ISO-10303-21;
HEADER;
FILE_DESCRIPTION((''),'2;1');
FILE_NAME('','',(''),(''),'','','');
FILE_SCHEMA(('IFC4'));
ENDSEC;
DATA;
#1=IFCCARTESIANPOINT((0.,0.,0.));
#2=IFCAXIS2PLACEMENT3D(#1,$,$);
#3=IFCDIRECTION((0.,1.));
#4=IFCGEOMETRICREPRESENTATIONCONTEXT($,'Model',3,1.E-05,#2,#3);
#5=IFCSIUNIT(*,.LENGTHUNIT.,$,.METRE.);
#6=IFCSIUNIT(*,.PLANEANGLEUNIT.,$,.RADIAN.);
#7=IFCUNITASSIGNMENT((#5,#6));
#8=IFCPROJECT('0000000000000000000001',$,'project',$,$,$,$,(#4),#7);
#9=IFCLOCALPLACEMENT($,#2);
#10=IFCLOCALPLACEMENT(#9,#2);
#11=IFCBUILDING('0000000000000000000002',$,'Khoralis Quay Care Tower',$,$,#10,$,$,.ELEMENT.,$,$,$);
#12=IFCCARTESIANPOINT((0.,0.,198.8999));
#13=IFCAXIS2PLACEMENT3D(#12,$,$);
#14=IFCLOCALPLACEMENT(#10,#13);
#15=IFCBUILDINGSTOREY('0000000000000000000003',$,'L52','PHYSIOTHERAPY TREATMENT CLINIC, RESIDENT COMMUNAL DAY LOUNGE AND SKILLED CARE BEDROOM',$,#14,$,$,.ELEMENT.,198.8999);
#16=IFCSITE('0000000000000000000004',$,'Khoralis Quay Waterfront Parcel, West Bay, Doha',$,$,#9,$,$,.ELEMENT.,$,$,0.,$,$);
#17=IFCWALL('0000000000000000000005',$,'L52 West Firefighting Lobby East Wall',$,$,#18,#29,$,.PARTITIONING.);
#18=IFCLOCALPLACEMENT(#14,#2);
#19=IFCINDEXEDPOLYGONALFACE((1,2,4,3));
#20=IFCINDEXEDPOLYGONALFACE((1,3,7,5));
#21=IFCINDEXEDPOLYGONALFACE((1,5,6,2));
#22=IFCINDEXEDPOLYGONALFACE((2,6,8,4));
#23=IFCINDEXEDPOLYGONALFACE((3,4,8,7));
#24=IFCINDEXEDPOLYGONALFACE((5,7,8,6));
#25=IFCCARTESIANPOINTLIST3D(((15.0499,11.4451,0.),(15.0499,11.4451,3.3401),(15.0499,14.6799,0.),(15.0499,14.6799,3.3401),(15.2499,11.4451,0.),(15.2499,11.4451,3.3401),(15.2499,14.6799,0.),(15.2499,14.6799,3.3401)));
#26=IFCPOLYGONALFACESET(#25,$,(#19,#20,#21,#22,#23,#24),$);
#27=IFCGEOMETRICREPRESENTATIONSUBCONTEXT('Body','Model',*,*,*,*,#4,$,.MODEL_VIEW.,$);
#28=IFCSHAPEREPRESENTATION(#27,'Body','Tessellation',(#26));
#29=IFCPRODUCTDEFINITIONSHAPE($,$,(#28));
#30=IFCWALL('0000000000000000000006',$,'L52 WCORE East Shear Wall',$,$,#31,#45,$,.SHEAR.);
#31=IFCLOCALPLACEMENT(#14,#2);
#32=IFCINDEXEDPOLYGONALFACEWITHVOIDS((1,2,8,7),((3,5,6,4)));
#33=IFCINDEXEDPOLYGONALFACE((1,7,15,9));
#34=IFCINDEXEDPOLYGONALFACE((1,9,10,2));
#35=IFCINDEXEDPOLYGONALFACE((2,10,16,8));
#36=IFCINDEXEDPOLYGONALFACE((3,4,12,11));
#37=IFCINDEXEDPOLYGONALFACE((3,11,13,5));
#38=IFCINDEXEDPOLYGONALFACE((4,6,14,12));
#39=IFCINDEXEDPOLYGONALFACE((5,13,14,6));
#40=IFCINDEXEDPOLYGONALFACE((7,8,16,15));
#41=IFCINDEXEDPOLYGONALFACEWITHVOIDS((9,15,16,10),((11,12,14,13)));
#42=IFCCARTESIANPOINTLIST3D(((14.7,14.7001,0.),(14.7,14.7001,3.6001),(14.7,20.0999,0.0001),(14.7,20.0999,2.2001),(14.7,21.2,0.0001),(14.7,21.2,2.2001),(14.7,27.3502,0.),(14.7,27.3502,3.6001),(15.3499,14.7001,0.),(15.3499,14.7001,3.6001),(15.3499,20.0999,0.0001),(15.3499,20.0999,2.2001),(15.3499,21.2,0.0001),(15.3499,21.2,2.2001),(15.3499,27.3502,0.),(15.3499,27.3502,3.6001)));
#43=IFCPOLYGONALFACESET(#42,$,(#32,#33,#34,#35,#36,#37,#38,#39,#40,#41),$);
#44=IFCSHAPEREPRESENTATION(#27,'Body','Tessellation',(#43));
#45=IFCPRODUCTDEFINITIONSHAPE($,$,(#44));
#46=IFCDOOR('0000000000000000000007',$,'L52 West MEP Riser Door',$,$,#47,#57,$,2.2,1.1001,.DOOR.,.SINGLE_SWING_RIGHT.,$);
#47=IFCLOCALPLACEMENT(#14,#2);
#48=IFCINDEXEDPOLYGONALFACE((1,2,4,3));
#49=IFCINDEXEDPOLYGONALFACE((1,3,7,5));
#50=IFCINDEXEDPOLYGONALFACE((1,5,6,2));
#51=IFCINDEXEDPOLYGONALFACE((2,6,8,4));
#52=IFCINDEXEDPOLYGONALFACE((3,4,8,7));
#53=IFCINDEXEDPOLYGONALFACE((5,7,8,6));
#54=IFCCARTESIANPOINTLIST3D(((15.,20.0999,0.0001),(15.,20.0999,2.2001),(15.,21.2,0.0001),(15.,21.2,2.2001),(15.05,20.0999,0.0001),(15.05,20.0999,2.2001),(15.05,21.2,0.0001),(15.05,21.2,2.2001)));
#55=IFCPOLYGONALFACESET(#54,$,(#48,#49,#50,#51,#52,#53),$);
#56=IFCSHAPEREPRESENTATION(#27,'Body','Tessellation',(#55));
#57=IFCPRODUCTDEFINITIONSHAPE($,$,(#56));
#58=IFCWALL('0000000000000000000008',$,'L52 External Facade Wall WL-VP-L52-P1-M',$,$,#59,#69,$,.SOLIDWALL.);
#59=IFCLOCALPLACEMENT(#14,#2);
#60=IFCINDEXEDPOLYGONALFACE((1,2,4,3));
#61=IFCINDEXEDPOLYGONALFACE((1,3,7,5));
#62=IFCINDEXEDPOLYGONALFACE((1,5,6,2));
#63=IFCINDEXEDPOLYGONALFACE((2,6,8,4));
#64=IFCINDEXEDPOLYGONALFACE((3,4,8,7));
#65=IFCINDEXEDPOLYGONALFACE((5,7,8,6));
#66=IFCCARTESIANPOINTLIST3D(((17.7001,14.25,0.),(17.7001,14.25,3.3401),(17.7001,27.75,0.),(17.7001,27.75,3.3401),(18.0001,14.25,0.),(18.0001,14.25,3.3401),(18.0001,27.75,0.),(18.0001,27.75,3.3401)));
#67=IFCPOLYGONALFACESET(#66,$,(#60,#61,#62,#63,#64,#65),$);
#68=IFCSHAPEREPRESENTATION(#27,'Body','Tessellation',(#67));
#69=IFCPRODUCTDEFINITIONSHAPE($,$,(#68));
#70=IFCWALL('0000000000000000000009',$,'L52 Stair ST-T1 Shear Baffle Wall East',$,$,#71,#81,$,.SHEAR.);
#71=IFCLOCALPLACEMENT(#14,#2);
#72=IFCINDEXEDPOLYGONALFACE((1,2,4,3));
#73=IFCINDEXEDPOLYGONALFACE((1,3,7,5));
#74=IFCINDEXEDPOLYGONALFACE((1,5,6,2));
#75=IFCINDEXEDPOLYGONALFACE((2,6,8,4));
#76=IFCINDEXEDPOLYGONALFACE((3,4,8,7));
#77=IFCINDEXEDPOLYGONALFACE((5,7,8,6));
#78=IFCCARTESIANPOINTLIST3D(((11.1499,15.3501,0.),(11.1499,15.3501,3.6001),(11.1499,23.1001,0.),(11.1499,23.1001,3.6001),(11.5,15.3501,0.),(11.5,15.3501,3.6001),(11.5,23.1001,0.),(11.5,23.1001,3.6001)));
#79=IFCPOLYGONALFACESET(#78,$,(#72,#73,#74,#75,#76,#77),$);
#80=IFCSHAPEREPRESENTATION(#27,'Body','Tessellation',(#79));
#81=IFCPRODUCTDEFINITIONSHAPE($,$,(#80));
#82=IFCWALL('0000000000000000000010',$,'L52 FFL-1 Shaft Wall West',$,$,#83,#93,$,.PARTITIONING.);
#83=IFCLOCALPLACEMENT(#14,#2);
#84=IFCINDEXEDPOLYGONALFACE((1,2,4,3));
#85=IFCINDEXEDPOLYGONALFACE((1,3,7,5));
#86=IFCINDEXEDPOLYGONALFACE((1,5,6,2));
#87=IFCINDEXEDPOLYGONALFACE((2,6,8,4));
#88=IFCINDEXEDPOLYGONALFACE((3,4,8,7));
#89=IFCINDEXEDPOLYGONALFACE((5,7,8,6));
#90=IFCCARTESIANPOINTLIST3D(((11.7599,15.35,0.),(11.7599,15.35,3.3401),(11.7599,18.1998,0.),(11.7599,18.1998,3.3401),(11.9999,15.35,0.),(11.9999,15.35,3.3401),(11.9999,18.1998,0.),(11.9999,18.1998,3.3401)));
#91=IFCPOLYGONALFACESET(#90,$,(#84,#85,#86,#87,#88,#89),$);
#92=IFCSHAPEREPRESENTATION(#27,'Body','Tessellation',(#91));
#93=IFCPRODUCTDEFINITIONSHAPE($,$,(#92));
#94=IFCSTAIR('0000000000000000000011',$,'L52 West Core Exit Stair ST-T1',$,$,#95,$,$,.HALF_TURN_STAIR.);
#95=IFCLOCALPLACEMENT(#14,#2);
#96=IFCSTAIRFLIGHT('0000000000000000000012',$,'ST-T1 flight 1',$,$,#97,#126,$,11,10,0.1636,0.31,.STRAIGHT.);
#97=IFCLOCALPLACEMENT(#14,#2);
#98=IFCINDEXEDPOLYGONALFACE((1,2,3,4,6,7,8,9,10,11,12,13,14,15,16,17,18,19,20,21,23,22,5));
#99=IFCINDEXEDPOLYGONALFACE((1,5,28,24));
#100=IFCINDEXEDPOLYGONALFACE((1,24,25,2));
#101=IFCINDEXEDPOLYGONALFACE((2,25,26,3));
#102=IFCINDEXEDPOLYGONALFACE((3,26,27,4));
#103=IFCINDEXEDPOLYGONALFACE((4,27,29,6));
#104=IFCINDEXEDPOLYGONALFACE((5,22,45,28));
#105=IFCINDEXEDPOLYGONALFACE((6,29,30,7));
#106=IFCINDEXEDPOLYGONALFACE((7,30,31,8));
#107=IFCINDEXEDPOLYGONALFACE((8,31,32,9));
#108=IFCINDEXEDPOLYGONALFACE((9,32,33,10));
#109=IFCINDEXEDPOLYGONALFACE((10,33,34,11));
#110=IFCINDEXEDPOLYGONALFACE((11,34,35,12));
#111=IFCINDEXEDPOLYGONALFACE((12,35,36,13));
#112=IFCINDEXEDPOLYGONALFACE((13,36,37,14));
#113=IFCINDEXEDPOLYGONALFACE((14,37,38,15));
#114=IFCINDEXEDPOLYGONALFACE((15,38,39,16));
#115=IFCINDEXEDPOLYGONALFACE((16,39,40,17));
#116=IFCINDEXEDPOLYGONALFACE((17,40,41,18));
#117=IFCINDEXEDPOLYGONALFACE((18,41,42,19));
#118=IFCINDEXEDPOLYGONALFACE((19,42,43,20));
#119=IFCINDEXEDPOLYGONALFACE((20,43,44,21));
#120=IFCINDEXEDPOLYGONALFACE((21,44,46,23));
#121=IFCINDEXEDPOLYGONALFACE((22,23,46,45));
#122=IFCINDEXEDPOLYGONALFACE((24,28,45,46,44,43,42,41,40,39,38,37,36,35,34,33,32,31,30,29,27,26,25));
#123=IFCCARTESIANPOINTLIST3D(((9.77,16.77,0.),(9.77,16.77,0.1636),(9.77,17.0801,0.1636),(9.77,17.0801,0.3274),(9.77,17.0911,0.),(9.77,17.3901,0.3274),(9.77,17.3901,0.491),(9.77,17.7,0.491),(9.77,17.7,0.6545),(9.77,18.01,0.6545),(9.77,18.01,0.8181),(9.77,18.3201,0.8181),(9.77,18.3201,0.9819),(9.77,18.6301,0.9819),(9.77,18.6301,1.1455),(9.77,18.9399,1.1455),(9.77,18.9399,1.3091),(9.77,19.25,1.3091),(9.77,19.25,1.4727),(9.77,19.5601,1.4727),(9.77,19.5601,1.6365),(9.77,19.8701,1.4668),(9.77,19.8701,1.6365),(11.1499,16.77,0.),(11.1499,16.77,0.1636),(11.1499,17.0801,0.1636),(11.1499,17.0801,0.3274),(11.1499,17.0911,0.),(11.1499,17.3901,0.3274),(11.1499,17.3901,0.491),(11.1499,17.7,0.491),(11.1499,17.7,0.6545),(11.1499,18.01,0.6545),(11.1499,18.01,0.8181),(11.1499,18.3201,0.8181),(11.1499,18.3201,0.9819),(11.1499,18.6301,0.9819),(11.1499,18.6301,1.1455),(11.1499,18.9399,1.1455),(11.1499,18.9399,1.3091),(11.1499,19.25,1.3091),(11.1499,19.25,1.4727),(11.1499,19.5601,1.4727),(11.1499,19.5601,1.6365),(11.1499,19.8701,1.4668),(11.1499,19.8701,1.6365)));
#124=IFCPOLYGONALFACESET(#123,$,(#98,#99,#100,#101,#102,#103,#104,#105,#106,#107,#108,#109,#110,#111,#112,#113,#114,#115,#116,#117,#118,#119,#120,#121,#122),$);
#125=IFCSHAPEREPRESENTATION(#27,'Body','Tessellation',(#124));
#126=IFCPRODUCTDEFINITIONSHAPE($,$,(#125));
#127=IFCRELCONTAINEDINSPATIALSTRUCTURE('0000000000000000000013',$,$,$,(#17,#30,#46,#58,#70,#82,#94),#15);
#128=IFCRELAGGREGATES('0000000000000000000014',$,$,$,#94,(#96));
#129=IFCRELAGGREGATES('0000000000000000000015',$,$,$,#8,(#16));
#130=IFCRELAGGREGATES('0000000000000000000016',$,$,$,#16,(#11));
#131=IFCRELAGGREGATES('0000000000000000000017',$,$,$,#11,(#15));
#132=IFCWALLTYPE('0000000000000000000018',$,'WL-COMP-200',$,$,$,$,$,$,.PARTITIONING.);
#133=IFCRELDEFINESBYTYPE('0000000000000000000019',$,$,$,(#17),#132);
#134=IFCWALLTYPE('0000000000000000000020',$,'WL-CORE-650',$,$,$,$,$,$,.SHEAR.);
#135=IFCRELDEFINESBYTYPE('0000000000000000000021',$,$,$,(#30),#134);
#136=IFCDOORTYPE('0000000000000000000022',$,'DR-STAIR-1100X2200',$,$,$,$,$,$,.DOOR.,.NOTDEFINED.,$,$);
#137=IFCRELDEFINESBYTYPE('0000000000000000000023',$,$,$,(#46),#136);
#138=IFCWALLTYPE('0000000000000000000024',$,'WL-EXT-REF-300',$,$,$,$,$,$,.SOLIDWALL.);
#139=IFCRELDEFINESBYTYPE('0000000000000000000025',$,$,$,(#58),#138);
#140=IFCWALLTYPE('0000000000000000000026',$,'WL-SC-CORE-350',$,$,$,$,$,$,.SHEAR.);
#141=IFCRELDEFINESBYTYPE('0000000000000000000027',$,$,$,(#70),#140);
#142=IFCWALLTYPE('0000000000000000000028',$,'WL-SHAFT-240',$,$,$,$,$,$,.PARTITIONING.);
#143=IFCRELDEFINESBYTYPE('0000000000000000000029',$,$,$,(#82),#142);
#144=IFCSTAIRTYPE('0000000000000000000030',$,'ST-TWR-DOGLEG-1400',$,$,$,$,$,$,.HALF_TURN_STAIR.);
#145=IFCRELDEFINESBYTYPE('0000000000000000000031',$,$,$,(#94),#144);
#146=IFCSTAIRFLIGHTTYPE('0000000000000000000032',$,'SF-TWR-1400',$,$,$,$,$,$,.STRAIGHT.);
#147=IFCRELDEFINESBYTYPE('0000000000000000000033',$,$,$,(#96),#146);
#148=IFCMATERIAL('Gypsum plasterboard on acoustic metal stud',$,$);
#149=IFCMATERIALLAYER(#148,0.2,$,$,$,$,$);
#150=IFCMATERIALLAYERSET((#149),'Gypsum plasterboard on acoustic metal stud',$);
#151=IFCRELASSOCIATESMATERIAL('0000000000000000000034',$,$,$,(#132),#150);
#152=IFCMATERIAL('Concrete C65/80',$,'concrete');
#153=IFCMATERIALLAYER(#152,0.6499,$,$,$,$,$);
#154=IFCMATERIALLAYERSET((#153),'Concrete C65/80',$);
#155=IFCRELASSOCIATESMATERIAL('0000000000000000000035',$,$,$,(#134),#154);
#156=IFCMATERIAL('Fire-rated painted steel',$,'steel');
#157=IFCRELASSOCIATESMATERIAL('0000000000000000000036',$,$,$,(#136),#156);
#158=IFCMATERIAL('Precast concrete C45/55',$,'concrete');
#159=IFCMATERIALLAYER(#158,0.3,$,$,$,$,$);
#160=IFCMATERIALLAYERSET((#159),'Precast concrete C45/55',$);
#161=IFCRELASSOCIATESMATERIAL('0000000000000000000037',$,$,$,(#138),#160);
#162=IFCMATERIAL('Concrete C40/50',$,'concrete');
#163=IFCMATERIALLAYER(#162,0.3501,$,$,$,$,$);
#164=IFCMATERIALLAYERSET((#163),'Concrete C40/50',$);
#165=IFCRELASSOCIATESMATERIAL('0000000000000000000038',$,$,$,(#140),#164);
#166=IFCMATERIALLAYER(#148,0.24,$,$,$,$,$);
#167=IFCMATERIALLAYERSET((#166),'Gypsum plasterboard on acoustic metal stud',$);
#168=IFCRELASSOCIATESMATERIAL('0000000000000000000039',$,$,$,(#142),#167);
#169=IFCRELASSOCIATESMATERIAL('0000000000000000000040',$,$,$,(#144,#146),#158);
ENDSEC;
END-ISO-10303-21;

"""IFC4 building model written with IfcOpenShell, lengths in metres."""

from ifc_helpers import new_model, si_unit, direction, frame, frame_2d, origin, place, context, subcontext, project, spatial, polyline, rectangle, outline, extrude, source, transform, mapped, material, layer, layer_set, type_object, element, fill, aggregate, save


model = new_model("IFC4")

# Units and contexts
model_context = context("Model", 3, precision=1e-05, world=origin(), true_north=direction((0.0, 1.0)))
body_context = subcontext(model_context, "Body", "Model", "MODEL_VIEW")
ifc_project = project(units=[si_unit("LENGTHUNIT", "METRE"), si_unit("PLANEANGLEUNIT", "RADIAN")], contexts=[model_context])

# Site, building, storey
site_placement = place(None, origin())
site = spatial("IfcSite", under=ifc_project, at=site_placement, Name="Khoralis Quay Waterfront Parcel, West Bay, Doha", CompositionType="ELEMENT", RefElevation=0.0)
building_placement = place(site_placement, origin())
building = spatial("IfcBuilding", under=site, at=building_placement, Name="Khoralis Quay Care Tower", CompositionType="ELEMENT")
storey_placement = place(building_placement, frame((0.0, 0.0, 198.8999)))
storey = spatial("IfcBuildingStorey", under=building, at=storey_placement, Name="L52", Description="PHYSIOTHERAPY TREATMENT CLINIC, RESIDENT COMMUNAL DAY LOUNGE AND SKILLED CARE BEDROOM", CompositionType="ELEMENT", Elevation=198.8999)

# Wall
ifc_material_1 = material(Name="Gypsum plasterboard on acoustic metal stud")
ifc_layer_1 = layer(ifc_material_1, 0.2)
ifc_layer_set_1 = layer_set([ifc_layer_1], Name="Gypsum plasterboard on acoustic metal stud")
wall_type_1 = type_object("IfcWallType", Name="WL-COMP-200", PredefinedType="PARTITIONING", material=ifc_layer_set_1)
wall_1_placement = place(storey_placement, frame((15.1499, 11.4451, 0.0), z_axis=(0.0, 0.0, 1.0), x_axis=(0.0, 1.0, 0.0)))
element("IfcWall", 1, at=wall_1_placement, inside=storey, type_object=wall_type_1, Name="L52 West Firefighting Lobby East Wall", PredefinedType="PARTITIONING", context=body_context, shape_type="SweptSolid", body=[
    extrude(rectangle(XDim=3.2349, YDim=0.2, at=frame_2d((1.6174, 0.0))), origin(), (0.0, 0.0, 1.0), 3.3401),
])

# Wall, opening, door
ifc_material_2 = material(Name="Concrete C65/80", Category="concrete")
ifc_layer_2 = layer(ifc_material_2, 0.6499)
ifc_layer_set_2 = layer_set([ifc_layer_2], Name="Concrete C65/80")
wall_type_2 = type_object("IfcWallType", Name="WL-CORE-650", PredefinedType="SHEAR", material=ifc_layer_set_2)
wall_2_placement = place(storey_placement, frame((15.0249, 14.7, 0.0), z_axis=(0.0, 0.0, 1.0), x_axis=(0.0, 1.0, 0.0)))
wall_2 = element("IfcWall", 2, at=wall_2_placement, inside=storey, type_object=wall_type_2, Name="L52 WCORE East Shear Wall", PredefinedType="SHEAR", context=body_context, shape_type="SweptSolid", body=[
    extrude(rectangle(XDim=12.6501, YDim=0.6499, at=frame_2d((6.3252, 0.0))), origin(), (0.0, 0.0, 1.0), 3.6001),
])
opening_placement = place(wall_2_placement, frame((5.3999, 0.0, 0.0)))
opening = element("IfcOpeningElement", 3, at=opening_placement, cuts=wall_2, PredefinedType="OPENING", context=body_context, shape_type="SweptSolid", body=[
    extrude(rectangle(XDim=1.1001, YDim=2.2, at=frame_2d((0.55, 1.1001))), frame((0.0, 0.335, 0.0), z_axis=(0.0, -1.0, 0.0), x_axis=(1.0, 0.0, 0.0)), (0.0, 0.0, 1.0), 0.6699),
])
ifc_material_3 = material(Name="Fire-rated painted steel", Category="steel")
door_type = type_object("IfcDoorType", Name="DR-STAIR-1100X2200", OperationType="NOTDEFINED", PredefinedType="DOOR", material=ifc_material_3)
shared_shape_1 = source(origin(), body_context, "Body", "SweptSolid", [
    extrude(rectangle(XDim=1.1001, YDim=2.2, at=frame_2d((0.55, 1.1001))), frame((0.0, 0.0249, 0.0), z_axis=(0.0, -1.0, 0.0), x_axis=(1.0, 0.0, 0.0)), (0.0, 0.0, 1.0), 0.05),
])
door_placement = place(opening_placement, origin())
door = element("IfcDoor", 4, at=door_placement, inside=storey, type_object=door_type, Name="L52 West MEP Riser Door", OperationType="SINGLE_SWING_RIGHT", OverallHeight=2.2, OverallWidth=1.1001, PredefinedType="DOOR", context=body_context, shape_type="MappedRepresentation", body=[
    mapped(shared_shape_1, transform((0.0, 0.0, 0.0), scale=1.0)),
])
fill(opening, door)

# Walls
ifc_material_4 = material(Name="Precast concrete C45/55", Category="concrete")
ifc_layer_3 = layer(ifc_material_4, 0.3)
ifc_layer_set_3 = layer_set([ifc_layer_3], Name="Precast concrete C45/55")
wall_type_3 = type_object("IfcWallType", Name="WL-EXT-REF-300", PredefinedType="SOLIDWALL", material=ifc_layer_set_3)
wall_3_placement = place(storey_placement, frame((17.8501, 14.25, 0.0), z_axis=(0.0, 0.0, 1.0), x_axis=(0.0, 1.0, 0.0)))
element("IfcWall", 5, at=wall_3_placement, inside=storey, type_object=wall_type_3, Name="L52 External Facade Wall WL-VP-L52-P1-M", PredefinedType="SOLIDWALL", context=body_context, shape_type="SweptSolid", body=[
    extrude(rectangle(XDim=13.5, YDim=0.3, at=frame_2d((6.75, 0.0))), origin(), (0.0, 0.0, 1.0), 3.3401),
])
ifc_material_5 = material(Name="Concrete C40/50", Category="concrete")
ifc_layer_4 = layer(ifc_material_5, 0.3501)
ifc_layer_set_4 = layer_set([ifc_layer_4], Name="Concrete C40/50")
wall_type_4 = type_object("IfcWallType", Name="WL-SC-CORE-350", PredefinedType="SHEAR", material=ifc_layer_set_4)
wall_4_placement = place(storey_placement, frame((11.325, 15.3501, 0.0), z_axis=(0.0, 0.0, 1.0), x_axis=(0.0, 1.0, 0.0)))
element("IfcWall", 6, at=wall_4_placement, inside=storey, type_object=wall_type_4, Name="L52 Stair ST-T1 Shear Baffle Wall East", PredefinedType="SHEAR", context=body_context, shape_type="SweptSolid", body=[
    extrude(rectangle(XDim=7.75, YDim=0.3501, at=frame_2d((3.875, 0.0))), origin(), (0.0, 0.0, 1.0), 3.6001),
])
ifc_layer_5 = layer(ifc_material_1, 0.24)
ifc_layer_set_5 = layer_set([ifc_layer_5], Name="Gypsum plasterboard on acoustic metal stud")
wall_type_5 = type_object("IfcWallType", Name="WL-SHAFT-240", PredefinedType="PARTITIONING", material=ifc_layer_set_5)
wall_5_placement = place(storey_placement, frame((11.8799, 15.3501, 0.0), z_axis=(0.0, 0.0, 1.0), x_axis=(0.0, 1.0, 0.0)))
element("IfcWall", 7, at=wall_5_placement, inside=storey, type_object=wall_type_5, Name="L52 FFL-1 Shaft Wall West", PredefinedType="PARTITIONING", context=body_context, shape_type="SweptSolid", body=[
    extrude(rectangle(XDim=2.8499, YDim=0.24, at=frame_2d((1.4248, 0.0))), origin(), (0.0, 0.0, 1.0), 3.3401),
])

# Stair, stair flight
stair_type = type_object("IfcStairType", Name="ST-TWR-DOGLEG-1400", PredefinedType="HALF_TURN_STAIR", material=ifc_material_4)
stair_placement = place(storey_placement, origin())
stair = element("IfcStair", 8, at=stair_placement, inside=storey, type_object=stair_type, Name="L52 West Core Exit Stair ST-T1", PredefinedType="HALF_TURN_STAIR")
stair_flight_type = type_object("IfcStairFlightType", Name="SF-TWR-1400", PredefinedType="STRAIGHT", material=ifc_material_4)
shared_shape_2 = source(origin(), body_context, "Body", "SweptSolid", [
    extrude(outline(polyline([(0.0, 0.0), (0.0, 0.1636), (0.3101, 0.1636), (0.3101, 0.3274), (0.6201, 0.3274), (0.6201, 0.491), (0.9299, 0.491), (0.9299, 0.6545), (1.24, 0.6545), (1.24, 0.8181), (1.55, 0.8181), (1.55, 0.9819), (1.8601, 0.9819), (1.8601, 1.1455), (2.1699, 1.1455), (2.1699, 1.3091), (2.48, 1.3091), (2.48, 1.4727), (2.79, 1.4727), (2.79, 1.6365), (3.1001, 1.6365), (3.1001, 1.8), (3.1001, 1.4668), (0.321, 0.0), (0.0, 0.0)])), frame((0.0, 0.6899, 0.0), z_axis=(0.0, -1.0, 0.0), x_axis=(1.0, 0.0, 0.0)), (0.0, 0.0, 1.0), 1.3799),
])
stair_flight_placement = place(storey_placement, frame((10.46, 16.77, 0.0), z_axis=(0.0, 0.0, 1.0), x_axis=(0.0, 1.0, 0.0)))
stair_flight = element("IfcStairFlight", 9, at=stair_flight_placement, type_object=stair_flight_type, Name="ST-T1 flight 1", NumberOfRisers=11, NumberOfTreads=10, PredefinedType="STRAIGHT", RiserHeight=0.1636, TreadLength=0.31, context=body_context, shape_type="MappedRepresentation", body=[
    mapped(shared_shape_2, transform((0.0, 0.0, 0.0), scale=1.0)),
])
aggregate(stair, [stair_flight])

save(model, "model.ifc")
